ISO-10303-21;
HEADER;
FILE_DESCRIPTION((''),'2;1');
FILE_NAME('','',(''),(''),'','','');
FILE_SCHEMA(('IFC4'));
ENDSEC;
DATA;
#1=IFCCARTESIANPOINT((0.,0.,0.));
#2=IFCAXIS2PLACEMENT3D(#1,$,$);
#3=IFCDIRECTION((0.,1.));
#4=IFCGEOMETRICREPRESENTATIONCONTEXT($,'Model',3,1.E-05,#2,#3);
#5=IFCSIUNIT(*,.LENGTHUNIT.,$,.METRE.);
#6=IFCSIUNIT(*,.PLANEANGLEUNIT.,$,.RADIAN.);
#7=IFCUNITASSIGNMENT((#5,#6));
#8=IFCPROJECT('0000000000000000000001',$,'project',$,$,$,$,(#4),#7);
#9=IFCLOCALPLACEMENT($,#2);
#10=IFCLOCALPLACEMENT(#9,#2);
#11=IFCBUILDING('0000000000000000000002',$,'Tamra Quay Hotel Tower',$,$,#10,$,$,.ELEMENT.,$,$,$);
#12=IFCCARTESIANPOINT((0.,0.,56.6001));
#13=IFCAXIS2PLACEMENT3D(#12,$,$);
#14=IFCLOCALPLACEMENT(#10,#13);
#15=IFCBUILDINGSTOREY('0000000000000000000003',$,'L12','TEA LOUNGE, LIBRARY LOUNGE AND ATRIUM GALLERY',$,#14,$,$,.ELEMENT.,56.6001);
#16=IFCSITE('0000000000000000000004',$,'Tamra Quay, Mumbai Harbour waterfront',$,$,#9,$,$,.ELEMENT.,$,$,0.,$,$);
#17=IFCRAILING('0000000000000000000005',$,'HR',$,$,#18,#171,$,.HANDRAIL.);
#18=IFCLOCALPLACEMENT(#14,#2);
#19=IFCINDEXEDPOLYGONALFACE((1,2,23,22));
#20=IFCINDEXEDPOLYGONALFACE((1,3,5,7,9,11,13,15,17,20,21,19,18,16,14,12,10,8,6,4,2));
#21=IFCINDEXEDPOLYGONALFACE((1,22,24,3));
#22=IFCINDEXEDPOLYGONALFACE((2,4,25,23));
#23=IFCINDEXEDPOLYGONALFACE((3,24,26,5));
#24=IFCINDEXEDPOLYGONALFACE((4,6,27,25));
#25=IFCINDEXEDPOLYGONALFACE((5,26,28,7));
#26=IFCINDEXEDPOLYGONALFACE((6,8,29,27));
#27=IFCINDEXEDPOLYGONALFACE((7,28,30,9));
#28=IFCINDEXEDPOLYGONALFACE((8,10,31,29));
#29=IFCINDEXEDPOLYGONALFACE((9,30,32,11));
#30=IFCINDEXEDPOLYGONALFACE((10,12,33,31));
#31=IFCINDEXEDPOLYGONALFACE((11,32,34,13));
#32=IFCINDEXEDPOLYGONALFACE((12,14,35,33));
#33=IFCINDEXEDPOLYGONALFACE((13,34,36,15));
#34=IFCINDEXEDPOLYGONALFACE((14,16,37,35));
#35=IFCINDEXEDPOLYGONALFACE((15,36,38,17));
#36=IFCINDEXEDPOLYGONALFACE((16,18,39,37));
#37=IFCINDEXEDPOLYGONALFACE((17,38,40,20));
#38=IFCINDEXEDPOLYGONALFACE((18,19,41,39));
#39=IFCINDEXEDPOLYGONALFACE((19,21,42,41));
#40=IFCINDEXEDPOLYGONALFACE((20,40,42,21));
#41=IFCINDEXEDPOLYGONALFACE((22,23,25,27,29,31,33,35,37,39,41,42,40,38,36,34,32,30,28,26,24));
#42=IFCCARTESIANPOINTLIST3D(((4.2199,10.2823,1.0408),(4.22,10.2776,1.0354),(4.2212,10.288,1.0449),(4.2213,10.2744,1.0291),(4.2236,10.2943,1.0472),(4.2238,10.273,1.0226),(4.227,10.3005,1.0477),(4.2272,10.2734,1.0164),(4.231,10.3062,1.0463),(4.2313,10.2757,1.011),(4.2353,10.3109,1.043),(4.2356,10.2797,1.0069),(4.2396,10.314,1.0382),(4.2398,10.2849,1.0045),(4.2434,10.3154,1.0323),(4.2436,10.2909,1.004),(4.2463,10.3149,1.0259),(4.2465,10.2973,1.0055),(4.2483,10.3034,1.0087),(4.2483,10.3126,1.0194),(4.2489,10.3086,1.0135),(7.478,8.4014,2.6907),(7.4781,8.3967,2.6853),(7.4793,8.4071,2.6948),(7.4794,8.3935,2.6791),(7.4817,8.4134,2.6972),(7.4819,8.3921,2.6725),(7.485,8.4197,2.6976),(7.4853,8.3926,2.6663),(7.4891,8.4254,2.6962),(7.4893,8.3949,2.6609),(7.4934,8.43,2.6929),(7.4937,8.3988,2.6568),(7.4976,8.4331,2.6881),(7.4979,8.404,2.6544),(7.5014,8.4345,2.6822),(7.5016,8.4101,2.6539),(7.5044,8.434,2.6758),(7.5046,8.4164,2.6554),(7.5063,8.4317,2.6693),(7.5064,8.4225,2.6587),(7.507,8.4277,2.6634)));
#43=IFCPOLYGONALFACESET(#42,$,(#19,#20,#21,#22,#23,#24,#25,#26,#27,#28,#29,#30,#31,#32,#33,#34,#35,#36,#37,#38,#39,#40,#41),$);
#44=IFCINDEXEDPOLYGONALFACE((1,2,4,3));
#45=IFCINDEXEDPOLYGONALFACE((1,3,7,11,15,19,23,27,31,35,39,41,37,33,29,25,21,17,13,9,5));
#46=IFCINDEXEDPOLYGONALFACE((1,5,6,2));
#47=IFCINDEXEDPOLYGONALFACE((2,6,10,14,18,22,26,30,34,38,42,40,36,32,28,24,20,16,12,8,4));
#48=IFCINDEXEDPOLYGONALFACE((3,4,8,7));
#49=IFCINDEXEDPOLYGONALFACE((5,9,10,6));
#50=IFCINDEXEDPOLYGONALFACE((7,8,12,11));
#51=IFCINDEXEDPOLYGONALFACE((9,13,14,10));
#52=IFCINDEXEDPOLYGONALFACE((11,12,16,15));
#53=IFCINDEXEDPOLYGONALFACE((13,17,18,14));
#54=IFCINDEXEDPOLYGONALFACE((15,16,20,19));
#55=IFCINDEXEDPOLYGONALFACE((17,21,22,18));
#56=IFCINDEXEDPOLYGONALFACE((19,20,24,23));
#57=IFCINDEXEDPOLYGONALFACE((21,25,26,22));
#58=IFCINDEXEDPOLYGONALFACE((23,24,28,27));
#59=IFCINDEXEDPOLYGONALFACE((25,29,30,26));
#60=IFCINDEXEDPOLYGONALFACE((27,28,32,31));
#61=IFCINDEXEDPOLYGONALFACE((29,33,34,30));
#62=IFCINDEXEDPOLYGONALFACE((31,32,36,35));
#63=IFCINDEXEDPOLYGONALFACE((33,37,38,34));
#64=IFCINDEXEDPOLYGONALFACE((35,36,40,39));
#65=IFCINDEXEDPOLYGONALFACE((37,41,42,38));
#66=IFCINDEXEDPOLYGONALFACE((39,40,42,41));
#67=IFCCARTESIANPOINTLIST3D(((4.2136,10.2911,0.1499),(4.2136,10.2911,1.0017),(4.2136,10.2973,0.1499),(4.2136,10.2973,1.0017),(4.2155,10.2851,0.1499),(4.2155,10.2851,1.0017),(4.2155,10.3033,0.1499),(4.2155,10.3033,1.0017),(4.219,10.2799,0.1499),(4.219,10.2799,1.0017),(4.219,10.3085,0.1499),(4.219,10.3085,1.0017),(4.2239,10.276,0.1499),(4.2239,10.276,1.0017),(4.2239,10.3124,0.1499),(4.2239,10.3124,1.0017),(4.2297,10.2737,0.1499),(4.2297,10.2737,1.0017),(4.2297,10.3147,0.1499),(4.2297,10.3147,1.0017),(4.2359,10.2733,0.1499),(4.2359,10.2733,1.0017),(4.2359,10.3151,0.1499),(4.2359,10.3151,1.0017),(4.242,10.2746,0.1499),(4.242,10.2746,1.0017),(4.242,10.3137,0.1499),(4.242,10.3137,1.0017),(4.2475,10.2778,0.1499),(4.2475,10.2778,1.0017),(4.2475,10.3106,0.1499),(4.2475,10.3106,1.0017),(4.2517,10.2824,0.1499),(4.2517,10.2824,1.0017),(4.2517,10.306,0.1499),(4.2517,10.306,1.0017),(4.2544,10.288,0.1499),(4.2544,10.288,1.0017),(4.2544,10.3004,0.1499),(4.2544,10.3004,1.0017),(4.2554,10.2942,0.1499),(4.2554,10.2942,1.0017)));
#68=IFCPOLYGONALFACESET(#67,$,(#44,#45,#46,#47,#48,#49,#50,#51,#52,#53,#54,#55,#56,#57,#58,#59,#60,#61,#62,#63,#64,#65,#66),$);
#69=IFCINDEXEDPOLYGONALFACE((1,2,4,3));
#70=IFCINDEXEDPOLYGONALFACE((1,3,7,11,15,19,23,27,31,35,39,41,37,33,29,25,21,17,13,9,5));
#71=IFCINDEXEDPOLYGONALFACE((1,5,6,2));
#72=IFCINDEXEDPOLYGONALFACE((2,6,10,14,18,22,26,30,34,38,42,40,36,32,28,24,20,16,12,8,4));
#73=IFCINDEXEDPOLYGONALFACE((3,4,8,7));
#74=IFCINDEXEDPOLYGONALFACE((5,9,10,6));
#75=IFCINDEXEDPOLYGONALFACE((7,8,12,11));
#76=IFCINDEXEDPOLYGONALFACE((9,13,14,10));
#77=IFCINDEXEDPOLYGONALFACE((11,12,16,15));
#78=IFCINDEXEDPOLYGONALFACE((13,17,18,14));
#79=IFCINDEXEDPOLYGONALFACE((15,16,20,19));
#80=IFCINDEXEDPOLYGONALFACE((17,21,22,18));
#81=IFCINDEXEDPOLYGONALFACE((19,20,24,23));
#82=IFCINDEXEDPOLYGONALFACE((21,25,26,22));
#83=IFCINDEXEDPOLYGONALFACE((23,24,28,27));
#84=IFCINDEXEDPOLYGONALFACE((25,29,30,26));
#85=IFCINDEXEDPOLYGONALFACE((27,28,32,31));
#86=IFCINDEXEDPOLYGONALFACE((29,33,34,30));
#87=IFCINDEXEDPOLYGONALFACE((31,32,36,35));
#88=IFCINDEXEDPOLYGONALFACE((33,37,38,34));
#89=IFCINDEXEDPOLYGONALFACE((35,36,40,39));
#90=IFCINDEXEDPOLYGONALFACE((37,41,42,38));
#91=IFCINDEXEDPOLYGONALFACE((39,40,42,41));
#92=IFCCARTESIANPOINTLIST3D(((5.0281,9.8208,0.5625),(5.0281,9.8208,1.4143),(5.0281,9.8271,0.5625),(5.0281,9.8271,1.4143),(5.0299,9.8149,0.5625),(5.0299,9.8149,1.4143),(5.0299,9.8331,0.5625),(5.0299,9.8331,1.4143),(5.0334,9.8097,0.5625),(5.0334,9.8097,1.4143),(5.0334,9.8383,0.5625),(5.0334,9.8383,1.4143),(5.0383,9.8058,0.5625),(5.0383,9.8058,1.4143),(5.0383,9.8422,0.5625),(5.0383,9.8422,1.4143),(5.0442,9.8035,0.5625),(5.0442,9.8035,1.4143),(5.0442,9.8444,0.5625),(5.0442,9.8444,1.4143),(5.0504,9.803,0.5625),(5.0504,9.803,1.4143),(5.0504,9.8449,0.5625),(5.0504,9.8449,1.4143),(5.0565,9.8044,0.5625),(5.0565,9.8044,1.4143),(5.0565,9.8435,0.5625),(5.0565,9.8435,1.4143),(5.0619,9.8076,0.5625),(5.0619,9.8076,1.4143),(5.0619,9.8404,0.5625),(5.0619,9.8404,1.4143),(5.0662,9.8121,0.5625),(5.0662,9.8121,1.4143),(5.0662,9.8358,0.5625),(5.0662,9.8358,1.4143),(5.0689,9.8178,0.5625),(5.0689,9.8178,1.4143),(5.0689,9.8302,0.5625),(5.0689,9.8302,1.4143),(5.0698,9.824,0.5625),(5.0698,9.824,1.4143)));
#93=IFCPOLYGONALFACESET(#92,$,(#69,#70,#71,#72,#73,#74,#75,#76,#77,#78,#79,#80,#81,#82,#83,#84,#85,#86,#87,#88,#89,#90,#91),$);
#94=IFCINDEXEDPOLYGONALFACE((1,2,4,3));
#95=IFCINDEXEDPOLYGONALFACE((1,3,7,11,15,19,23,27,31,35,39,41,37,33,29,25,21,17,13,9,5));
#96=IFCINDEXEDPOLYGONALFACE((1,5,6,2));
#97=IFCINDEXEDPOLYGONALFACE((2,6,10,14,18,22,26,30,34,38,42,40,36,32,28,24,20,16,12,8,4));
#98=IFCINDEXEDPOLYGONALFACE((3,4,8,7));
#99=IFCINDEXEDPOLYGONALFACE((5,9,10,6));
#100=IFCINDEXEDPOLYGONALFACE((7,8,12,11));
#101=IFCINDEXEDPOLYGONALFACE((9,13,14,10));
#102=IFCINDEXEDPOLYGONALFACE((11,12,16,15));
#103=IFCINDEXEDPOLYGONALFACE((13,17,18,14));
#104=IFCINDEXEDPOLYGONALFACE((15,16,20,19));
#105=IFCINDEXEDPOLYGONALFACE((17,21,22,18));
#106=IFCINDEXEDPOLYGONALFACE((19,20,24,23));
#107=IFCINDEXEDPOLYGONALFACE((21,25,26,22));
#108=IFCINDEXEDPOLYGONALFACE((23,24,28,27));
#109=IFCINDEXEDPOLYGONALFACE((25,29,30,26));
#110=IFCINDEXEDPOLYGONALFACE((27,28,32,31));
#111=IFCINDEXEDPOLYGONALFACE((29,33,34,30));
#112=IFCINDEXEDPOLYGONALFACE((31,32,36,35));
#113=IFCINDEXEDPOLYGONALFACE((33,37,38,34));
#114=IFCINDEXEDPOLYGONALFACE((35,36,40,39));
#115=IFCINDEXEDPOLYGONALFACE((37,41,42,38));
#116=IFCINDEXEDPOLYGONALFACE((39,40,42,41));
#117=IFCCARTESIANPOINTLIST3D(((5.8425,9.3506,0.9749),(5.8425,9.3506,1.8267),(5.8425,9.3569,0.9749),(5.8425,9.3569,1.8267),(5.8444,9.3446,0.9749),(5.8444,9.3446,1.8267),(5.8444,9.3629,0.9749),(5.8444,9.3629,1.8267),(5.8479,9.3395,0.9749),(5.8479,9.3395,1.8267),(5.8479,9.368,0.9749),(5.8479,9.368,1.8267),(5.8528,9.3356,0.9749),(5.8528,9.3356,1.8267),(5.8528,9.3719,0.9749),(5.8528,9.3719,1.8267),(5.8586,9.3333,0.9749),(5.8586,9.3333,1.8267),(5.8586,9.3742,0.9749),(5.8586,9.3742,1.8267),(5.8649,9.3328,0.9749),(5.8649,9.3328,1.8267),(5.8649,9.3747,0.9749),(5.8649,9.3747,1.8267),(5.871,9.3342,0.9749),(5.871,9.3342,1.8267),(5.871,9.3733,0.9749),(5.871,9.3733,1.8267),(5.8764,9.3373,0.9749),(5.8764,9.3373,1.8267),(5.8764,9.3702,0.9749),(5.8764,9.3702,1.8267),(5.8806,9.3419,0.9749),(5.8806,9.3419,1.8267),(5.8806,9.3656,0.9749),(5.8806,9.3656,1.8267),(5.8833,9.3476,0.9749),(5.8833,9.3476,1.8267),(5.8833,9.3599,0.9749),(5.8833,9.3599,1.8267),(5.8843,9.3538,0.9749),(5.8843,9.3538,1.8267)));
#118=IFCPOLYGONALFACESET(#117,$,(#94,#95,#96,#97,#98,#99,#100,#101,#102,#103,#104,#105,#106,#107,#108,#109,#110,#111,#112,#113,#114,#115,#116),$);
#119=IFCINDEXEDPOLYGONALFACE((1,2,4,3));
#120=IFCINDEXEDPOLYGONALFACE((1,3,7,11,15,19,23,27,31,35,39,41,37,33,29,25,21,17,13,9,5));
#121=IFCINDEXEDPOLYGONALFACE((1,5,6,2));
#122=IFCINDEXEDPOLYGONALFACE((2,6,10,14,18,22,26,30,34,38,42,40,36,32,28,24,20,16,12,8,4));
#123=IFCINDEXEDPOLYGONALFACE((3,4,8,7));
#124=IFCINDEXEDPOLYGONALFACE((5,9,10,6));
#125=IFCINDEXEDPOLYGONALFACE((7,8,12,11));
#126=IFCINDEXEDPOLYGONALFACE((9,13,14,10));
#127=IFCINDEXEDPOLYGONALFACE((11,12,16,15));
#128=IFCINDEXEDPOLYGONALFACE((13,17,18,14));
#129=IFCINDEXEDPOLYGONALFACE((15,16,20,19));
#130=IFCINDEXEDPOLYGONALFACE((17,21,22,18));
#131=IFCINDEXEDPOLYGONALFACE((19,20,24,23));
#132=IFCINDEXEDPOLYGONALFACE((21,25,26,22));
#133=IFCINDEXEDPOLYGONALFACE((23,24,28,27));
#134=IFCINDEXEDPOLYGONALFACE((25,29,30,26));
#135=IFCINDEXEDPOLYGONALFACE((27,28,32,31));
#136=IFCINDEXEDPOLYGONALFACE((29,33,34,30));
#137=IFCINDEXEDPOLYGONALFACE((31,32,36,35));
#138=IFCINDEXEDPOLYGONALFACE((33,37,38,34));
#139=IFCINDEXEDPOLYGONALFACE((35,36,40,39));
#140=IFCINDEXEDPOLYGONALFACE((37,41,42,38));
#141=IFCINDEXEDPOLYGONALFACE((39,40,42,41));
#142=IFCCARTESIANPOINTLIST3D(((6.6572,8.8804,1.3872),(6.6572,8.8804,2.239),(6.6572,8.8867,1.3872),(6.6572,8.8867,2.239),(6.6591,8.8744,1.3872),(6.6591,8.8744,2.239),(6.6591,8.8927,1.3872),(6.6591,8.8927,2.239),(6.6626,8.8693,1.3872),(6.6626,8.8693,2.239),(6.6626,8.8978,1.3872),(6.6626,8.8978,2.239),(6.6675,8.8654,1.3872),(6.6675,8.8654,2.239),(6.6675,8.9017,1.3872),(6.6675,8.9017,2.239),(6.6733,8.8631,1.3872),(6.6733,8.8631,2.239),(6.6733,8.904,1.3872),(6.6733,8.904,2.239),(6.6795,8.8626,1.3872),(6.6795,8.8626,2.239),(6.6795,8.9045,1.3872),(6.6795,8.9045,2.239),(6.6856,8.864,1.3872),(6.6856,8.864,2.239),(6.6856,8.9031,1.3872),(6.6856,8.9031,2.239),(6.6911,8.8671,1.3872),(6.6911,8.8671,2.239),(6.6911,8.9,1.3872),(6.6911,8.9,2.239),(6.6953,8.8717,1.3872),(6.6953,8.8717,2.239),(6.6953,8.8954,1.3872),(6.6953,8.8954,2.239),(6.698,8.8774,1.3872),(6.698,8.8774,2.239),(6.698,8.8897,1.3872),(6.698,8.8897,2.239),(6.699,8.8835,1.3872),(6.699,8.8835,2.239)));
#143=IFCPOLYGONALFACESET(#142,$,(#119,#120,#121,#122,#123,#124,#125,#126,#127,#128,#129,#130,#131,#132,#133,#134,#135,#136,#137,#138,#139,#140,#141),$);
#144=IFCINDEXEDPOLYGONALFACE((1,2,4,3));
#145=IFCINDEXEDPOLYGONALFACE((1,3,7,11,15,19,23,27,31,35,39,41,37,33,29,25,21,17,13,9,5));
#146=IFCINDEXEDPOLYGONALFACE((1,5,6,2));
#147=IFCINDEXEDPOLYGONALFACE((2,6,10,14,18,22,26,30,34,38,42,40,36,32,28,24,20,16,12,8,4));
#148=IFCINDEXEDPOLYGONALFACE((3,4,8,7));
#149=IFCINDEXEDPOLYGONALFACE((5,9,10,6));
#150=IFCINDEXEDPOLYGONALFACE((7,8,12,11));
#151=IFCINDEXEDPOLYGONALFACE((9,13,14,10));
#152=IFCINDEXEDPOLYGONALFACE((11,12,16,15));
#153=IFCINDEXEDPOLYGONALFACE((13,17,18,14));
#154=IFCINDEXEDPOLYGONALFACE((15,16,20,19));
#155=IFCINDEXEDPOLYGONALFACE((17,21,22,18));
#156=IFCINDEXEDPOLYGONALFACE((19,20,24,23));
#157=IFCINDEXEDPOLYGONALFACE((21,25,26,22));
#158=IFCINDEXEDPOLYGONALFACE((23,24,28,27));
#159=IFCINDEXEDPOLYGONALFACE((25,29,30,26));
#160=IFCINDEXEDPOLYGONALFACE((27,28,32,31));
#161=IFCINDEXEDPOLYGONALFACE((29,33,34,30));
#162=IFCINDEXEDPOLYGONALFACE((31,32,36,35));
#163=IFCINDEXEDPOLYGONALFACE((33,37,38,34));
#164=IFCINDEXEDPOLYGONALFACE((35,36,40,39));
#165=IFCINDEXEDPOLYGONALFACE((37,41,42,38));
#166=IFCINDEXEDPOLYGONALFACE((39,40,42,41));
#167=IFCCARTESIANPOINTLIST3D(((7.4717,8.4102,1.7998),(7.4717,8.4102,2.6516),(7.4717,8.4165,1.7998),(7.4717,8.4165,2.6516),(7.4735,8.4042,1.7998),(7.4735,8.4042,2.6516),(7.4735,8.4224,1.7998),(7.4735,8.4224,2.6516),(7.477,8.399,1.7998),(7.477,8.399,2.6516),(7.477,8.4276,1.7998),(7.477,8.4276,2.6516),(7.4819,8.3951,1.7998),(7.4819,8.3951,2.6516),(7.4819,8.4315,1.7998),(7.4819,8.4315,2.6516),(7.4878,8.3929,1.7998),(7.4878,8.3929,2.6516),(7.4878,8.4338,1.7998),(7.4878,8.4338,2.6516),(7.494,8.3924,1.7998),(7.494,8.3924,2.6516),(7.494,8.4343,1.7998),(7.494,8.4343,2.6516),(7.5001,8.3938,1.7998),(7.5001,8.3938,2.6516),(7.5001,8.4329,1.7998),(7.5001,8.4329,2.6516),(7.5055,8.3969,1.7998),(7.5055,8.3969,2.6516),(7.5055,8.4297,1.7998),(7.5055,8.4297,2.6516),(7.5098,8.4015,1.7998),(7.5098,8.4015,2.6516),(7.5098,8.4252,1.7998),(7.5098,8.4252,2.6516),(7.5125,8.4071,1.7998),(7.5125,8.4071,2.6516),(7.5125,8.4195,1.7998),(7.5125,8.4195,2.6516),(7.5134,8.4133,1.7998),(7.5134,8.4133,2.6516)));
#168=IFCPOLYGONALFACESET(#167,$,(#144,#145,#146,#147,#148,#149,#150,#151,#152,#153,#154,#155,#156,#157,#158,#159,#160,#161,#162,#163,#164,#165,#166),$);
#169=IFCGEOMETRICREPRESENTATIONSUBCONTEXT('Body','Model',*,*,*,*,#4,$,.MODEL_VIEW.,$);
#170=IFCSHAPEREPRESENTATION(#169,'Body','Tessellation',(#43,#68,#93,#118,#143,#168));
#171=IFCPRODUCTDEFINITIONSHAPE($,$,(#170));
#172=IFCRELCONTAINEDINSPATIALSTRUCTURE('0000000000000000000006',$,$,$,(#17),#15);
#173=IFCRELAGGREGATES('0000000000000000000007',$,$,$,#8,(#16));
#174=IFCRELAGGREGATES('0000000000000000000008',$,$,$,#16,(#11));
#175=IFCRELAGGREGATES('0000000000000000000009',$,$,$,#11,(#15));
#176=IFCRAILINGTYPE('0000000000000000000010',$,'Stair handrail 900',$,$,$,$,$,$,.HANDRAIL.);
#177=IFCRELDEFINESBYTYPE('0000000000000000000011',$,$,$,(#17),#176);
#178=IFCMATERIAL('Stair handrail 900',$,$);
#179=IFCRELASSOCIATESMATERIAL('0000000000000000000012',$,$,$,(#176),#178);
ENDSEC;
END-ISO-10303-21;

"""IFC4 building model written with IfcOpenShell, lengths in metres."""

from ifc_helpers import new_model, si_unit, direction, frame, origin, origin_2d, place, context, subcontext, project, spatial, circle, extrude, material, type_object, element, save


model = new_model("IFC4")

# Units and contexts
model_context = context("Model", 3, precision=1e-05, world=origin(), true_north=direction((0.0, 1.0)))
body_context = subcontext(model_context, "Body", "Model", "MODEL_VIEW")
ifc_project = project(units=[si_unit("LENGTHUNIT", "METRE"), si_unit("PLANEANGLEUNIT", "RADIAN")], contexts=[model_context])

# Site, building, storey
site_placement = place(None, origin())
site = spatial("IfcSite", under=ifc_project, at=site_placement, Name="Tamra Quay, Mumbai Harbour waterfront", CompositionType="ELEMENT", RefElevation=0.0)
building_placement = place(site_placement, origin())
building = spatial("IfcBuilding", under=site, at=building_placement, Name="Tamra Quay Hotel Tower", CompositionType="ELEMENT")
storey_placement = place(building_placement, frame((0.0, 0.0, 56.6001)))
storey = spatial("IfcBuildingStorey", under=building, at=storey_placement, Name="L12", Description="TEA LOUNGE, LIBRARY LOUNGE AND ATRIUM GALLERY", CompositionType="ELEMENT", Elevation=56.6001)

# Railing
ifc_material_1 = material(Name="Stair handrail 900")
railing_type = type_object("IfcRailingType", Name="Stair handrail 900", PredefinedType="HANDRAIL", material=ifc_material_1)
railing_placement = place(storey_placement, frame((4.2344, 10.2942, 0.1499)))
element("IfcRailing", 1, at=railing_placement, inside=storey, type_object=railing_type, Name="HR", PredefinedType="HANDRAIL", context=body_context, shape_type="SweptSolid", body=[
    extrude(circle(Radius=0.0239, at=origin_2d()), frame((0.0, 0.0, 0.876), z_axis=(0.793122, -0.457865, 0.401642), x_axis=(0.499964, 0.866046, 0.0)), (0.0, 0.0, 1.0), 4.1079),
    extrude(circle(Radius=0.021, at=origin_2d()), origin(), (0.0, 0.0, 1.0), 0.8518),
    extrude(circle(Radius=0.021, at=origin_2d()), frame((0.8145, -0.4702, 0.4126)), (0.0, 0.0, 1.0), 0.8518),
    extrude(circle(Radius=0.021, at=origin_2d()), frame((1.6289, -0.9404, 0.825)), (0.0, 0.0, 1.0), 0.8518),
    extrude(circle(Radius=0.021, at=origin_2d()), frame((2.4436, -1.4106, 1.2373)), (0.0, 0.0, 1.0), 0.8518),
    extrude(circle(Radius=0.021, at=origin_2d()), frame((3.2581, -1.8809, 1.6499)), (0.0, 0.0, 1.0), 0.8518),
])

save(model, "model.ifc")
